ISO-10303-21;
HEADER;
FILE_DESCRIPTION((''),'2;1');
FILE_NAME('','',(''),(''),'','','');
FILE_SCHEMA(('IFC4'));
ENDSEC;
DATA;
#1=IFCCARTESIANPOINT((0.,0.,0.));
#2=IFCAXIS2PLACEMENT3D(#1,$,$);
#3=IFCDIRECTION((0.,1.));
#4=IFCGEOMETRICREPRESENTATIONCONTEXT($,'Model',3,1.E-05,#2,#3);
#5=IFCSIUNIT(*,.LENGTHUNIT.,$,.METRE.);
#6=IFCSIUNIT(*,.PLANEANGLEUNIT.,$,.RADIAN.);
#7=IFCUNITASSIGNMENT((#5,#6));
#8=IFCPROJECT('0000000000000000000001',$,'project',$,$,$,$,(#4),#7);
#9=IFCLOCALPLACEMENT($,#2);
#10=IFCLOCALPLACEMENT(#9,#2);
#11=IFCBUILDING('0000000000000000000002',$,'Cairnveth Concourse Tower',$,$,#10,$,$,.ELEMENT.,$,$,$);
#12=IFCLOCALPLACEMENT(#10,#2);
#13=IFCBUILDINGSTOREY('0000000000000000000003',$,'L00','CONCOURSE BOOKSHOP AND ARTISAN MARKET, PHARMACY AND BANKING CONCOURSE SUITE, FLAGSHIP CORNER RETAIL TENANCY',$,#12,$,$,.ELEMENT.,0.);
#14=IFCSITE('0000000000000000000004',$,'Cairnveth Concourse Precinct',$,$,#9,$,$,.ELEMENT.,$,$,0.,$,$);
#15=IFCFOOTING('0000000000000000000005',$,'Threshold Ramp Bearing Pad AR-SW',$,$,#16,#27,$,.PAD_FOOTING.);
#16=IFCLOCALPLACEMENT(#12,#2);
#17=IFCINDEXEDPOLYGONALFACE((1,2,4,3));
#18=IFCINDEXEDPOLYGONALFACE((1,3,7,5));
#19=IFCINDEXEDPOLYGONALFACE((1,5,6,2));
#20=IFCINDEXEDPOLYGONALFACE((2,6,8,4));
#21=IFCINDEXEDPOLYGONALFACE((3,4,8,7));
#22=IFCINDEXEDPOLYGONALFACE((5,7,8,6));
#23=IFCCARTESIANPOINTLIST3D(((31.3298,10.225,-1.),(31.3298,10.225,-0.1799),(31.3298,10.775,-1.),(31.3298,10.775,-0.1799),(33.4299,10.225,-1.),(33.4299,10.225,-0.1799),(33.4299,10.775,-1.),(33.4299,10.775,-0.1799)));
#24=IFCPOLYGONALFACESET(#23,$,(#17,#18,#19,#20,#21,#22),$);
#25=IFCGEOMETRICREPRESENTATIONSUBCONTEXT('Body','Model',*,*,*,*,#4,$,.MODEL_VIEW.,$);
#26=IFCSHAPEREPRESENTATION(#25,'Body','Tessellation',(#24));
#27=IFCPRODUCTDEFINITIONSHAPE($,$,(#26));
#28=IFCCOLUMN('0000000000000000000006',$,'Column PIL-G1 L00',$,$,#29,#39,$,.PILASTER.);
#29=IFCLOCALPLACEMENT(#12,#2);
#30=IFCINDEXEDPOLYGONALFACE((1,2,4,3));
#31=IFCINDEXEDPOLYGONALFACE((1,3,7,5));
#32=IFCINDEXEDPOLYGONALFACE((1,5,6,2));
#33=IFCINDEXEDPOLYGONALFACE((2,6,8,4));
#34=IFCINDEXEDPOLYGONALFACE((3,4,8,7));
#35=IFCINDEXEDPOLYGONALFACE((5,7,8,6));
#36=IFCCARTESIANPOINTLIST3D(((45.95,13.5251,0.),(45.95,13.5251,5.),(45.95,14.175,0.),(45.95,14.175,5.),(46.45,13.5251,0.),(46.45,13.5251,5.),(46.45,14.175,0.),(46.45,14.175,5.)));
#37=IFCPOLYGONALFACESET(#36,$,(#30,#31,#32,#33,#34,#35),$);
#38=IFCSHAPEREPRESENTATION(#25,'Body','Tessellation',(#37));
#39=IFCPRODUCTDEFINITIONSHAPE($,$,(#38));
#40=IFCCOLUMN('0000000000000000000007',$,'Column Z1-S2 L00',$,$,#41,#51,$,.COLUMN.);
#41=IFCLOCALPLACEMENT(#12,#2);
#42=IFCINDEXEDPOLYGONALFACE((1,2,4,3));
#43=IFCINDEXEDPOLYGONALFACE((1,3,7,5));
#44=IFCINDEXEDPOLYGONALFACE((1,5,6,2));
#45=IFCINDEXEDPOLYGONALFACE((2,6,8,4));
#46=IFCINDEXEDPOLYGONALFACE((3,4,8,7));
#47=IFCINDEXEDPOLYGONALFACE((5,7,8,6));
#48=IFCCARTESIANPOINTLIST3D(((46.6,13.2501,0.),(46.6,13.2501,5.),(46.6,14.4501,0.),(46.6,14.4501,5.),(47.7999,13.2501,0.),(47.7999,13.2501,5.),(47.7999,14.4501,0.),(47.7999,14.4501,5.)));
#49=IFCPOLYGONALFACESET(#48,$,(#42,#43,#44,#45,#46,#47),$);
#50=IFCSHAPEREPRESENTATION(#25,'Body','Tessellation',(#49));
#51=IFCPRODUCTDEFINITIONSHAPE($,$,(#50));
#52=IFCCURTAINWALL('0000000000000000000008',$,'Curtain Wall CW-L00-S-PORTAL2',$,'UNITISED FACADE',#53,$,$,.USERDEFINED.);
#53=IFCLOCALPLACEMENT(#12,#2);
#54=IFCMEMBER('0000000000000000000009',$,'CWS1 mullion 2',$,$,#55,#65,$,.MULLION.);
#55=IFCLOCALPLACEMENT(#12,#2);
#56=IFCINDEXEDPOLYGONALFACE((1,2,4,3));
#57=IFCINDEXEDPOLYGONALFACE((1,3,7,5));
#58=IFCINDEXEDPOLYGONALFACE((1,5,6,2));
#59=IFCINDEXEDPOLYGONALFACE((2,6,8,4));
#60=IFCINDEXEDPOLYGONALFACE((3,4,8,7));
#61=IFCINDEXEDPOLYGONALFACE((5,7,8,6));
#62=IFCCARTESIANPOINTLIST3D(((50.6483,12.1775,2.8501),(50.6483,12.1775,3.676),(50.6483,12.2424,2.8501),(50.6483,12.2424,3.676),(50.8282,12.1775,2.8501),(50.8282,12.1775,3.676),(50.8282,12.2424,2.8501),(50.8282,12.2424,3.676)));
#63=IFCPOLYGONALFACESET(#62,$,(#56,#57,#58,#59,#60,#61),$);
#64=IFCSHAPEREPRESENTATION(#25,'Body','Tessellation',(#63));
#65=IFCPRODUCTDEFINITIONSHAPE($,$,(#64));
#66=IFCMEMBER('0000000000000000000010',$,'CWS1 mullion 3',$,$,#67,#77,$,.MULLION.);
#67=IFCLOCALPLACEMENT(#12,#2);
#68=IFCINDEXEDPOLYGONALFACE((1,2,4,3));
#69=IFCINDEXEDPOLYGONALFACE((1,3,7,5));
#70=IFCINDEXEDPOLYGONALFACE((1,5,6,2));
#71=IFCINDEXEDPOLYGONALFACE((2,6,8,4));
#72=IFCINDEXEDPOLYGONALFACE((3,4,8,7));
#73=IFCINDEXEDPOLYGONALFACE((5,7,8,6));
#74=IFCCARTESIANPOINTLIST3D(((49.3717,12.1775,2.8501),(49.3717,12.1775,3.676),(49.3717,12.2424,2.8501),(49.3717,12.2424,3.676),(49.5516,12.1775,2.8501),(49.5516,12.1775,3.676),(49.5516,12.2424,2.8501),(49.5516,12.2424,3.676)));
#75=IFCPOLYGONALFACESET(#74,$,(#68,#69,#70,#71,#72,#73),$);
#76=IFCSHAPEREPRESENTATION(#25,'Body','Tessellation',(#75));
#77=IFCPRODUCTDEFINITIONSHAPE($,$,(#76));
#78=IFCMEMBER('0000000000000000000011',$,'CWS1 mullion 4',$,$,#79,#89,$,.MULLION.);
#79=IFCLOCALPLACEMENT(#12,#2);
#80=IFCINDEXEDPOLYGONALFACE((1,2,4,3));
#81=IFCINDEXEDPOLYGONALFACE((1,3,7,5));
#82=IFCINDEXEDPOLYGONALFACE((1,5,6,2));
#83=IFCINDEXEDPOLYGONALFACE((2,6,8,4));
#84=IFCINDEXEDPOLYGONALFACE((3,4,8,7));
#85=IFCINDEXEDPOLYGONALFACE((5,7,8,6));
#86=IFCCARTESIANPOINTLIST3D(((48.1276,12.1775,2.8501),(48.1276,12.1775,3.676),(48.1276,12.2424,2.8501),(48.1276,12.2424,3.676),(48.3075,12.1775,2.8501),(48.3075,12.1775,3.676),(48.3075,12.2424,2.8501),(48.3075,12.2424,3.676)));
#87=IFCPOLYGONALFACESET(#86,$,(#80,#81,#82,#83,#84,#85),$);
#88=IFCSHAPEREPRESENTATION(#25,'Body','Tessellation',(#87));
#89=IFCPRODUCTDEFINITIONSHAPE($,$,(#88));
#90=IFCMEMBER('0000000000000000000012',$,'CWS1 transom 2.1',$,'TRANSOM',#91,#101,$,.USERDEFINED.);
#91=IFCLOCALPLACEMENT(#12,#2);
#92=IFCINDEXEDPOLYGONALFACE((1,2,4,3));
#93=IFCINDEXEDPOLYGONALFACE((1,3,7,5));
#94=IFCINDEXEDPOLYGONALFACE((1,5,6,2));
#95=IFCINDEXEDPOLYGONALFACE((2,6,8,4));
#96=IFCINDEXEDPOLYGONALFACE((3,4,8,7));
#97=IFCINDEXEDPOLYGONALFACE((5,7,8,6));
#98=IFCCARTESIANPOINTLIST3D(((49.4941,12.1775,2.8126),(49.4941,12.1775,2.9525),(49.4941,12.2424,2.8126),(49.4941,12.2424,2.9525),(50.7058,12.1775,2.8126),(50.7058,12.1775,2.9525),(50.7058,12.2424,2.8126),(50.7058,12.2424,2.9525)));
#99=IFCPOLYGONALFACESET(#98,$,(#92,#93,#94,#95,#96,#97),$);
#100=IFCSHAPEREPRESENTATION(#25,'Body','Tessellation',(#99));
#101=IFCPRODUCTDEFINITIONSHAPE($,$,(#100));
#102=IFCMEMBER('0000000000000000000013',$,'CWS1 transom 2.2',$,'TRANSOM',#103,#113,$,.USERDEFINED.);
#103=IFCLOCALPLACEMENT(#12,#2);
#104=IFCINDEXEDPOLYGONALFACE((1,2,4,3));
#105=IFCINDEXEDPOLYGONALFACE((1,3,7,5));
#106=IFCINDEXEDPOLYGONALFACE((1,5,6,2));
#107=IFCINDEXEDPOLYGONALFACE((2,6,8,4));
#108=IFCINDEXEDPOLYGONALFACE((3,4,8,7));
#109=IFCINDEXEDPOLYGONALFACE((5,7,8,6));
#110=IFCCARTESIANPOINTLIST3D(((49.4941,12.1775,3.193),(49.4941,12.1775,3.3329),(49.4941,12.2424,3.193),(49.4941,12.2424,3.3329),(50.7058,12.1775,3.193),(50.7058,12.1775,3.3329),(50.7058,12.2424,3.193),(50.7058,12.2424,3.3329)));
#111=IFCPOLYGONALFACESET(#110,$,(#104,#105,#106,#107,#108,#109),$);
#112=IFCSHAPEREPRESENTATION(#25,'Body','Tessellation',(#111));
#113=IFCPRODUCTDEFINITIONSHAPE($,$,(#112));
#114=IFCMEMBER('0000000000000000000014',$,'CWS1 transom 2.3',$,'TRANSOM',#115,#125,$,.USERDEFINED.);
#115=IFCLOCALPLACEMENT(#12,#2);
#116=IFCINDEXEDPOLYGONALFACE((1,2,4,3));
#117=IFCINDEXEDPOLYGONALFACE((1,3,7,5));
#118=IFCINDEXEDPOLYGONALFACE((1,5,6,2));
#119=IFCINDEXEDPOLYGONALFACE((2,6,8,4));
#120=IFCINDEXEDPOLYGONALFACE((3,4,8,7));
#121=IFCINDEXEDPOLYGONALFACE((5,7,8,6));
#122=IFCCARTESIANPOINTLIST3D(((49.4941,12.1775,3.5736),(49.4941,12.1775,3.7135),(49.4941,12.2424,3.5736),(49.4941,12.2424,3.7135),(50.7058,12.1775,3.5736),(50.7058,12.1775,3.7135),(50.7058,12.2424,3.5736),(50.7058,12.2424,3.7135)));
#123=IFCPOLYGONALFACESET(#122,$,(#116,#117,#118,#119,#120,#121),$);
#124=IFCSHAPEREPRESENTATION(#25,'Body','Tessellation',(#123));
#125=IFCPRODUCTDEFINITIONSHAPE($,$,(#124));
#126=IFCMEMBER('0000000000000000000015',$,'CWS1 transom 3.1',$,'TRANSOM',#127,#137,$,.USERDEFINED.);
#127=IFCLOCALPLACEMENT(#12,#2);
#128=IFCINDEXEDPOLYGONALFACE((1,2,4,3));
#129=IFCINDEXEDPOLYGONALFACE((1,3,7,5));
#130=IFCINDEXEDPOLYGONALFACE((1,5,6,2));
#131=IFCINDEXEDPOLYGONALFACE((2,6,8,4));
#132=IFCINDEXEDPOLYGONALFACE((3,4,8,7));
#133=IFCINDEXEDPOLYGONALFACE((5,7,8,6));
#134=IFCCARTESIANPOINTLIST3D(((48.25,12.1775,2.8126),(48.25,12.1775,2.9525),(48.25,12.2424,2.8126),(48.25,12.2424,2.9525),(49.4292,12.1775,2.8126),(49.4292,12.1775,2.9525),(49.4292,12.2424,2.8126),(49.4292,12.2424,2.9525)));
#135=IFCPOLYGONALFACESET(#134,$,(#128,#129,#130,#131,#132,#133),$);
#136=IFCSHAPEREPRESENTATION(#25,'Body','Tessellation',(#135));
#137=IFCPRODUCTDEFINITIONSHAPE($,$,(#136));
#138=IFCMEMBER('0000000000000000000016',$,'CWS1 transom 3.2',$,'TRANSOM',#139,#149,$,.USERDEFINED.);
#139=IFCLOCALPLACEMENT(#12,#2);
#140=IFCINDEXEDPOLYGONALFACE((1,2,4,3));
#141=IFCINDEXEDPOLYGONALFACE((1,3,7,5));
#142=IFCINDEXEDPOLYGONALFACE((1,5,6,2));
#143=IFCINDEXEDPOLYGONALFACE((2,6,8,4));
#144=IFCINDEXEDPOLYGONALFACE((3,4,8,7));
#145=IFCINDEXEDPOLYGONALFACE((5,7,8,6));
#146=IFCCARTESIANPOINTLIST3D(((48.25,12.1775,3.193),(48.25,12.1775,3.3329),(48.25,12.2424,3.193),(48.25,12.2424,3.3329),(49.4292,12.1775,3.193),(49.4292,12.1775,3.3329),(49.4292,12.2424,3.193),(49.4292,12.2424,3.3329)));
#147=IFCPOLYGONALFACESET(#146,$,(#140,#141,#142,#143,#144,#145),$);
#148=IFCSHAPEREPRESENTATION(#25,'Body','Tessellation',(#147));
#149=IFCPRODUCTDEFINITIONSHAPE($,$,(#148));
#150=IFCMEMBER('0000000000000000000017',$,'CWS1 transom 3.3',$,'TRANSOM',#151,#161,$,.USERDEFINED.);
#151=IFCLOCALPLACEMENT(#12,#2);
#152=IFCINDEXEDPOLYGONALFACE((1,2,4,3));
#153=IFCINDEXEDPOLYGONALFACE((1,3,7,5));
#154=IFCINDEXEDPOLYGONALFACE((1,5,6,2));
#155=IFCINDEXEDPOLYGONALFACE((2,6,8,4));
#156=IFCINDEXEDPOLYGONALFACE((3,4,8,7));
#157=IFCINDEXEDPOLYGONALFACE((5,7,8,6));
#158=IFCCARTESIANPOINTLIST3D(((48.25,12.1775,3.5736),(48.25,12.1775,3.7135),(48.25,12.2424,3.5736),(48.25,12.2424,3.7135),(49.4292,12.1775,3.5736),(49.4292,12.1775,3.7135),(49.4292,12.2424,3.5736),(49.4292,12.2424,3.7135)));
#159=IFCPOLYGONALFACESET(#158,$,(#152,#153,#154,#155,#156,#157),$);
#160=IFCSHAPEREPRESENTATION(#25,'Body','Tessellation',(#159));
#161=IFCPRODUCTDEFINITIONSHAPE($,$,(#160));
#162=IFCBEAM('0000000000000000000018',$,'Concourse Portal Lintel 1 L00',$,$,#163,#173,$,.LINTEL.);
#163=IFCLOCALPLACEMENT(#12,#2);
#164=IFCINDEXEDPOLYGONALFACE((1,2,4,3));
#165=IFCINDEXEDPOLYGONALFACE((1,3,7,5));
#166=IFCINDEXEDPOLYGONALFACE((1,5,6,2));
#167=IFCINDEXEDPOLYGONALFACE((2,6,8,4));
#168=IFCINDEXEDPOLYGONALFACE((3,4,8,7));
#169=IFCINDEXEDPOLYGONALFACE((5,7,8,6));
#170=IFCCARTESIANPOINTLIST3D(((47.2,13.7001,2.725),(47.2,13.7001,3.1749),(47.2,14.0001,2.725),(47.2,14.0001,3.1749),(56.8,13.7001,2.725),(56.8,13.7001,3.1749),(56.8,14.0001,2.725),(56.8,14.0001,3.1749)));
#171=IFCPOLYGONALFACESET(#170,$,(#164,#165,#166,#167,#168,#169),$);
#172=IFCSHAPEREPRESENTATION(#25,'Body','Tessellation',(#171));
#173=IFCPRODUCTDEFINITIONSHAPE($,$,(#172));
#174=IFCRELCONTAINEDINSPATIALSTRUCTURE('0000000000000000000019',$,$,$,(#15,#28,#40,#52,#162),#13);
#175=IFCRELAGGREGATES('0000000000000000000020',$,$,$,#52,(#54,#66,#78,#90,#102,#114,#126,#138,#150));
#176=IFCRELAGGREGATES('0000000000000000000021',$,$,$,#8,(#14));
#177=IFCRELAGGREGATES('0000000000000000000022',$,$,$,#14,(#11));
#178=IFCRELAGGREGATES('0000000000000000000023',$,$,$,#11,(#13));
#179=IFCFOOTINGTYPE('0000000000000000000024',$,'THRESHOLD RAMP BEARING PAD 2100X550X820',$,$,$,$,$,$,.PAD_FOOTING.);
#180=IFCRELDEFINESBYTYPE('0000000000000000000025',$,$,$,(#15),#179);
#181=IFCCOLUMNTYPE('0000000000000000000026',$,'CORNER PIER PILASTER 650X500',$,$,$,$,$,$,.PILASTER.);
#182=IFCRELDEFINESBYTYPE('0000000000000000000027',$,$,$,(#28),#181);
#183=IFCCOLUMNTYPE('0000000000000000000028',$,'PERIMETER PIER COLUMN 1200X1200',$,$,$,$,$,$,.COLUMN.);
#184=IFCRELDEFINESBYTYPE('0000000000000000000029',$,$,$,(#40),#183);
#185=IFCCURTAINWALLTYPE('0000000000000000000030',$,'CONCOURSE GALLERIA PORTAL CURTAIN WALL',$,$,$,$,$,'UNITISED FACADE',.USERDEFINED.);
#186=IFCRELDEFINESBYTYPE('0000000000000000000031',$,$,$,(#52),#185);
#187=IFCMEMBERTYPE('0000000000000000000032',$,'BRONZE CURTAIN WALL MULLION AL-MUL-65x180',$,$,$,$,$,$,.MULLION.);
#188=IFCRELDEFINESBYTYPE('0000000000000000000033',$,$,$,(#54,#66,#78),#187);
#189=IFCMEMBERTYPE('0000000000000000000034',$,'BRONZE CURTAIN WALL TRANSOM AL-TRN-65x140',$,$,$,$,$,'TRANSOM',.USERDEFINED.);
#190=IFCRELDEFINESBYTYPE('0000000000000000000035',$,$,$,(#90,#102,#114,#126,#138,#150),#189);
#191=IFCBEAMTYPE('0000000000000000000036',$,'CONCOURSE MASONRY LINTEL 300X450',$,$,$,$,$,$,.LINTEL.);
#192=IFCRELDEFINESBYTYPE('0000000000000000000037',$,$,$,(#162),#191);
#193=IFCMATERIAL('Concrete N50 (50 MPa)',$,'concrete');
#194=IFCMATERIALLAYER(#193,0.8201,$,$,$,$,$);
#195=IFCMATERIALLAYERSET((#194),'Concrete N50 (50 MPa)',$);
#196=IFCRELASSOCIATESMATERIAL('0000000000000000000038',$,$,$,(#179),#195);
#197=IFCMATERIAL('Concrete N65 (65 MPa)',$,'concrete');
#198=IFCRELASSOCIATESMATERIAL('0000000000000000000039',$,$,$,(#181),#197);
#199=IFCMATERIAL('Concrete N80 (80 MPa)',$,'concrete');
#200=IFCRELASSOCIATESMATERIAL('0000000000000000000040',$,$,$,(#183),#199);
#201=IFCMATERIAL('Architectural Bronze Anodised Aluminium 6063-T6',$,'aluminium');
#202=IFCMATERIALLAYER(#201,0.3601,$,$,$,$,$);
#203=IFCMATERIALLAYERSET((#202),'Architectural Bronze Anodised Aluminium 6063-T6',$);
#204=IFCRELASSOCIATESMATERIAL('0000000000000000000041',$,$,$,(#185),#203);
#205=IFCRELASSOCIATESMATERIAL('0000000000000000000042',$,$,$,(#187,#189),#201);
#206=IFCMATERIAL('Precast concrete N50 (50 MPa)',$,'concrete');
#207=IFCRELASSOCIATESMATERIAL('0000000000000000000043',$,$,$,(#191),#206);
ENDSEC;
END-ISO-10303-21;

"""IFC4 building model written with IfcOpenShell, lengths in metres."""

from ifc_helpers import new_model, si_unit, direction, frame, origin, origin_2d, place, context, subcontext, project, spatial, rectangle, extrude, material, layer, layer_set, material_profile, profile_set, type_object, element, aggregate, save


model = new_model("IFC4")

# Units and contexts
model_context = context("Model", 3, precision=1e-05, world=origin(), true_north=direction((0.0, 1.0)))
body_context = subcontext(model_context, "Body", "Model", "MODEL_VIEW")
ifc_project = project(units=[si_unit("LENGTHUNIT", "METRE"), si_unit("PLANEANGLEUNIT", "RADIAN")], contexts=[model_context])

# Site, building, storey
site_placement = place(None, origin())
site = spatial("IfcSite", under=ifc_project, at=site_placement, Name="Cairnveth Concourse Precinct", CompositionType="ELEMENT", RefElevation=0.0)
building_placement = place(site_placement, origin())
building = spatial("IfcBuilding", under=site, at=building_placement, Name="Cairnveth Concourse Tower", CompositionType="ELEMENT")
storey_placement = place(building_placement, origin())
storey = spatial("IfcBuildingStorey", under=building, at=storey_placement, Name="L00", Description="CONCOURSE BOOKSHOP AND ARTISAN MARKET, PHARMACY AND BANKING CONCOURSE SUITE, FLAGSHIP CORNER RETAIL TENANCY", CompositionType="ELEMENT", Elevation=0.0)

# Footing
ifc_material_1 = material(Name="Concrete N50 (50 MPa)", Category="concrete")
ifc_layer_1 = layer(ifc_material_1, 0.8201)
ifc_layer_set_1 = layer_set([ifc_layer_1], Name="Concrete N50 (50 MPa)")
footing_type = type_object("IfcFootingType", Name="THRESHOLD RAMP BEARING PAD 2100X550X820", PredefinedType="PAD_FOOTING", material=ifc_layer_set_1)
footing_placement = place(storey_placement, frame((32.3799, 10.5, -1.0), z_axis=(0.0, 0.0, 1.0), x_axis=(1.0, 0.0, 0.0)))
element("IfcFooting", 1, at=footing_placement, inside=storey, type_object=footing_type, Name="Threshold Ramp Bearing Pad AR-SW", PredefinedType="PAD_FOOTING", context=body_context, shape_type="SweptSolid", body=[
    extrude(rectangle(XDim=2.1001, YDim=0.55, at=origin_2d()), origin(), (0.0, 0.0, 1.0), 0.8201),
])

# Columns
ifc_material_2 = material(Name="Concrete N65 (65 MPa)", Category="concrete")
ifc_material_profile_1 = material_profile(ifc_material_2, rectangle(XDim=0.5, YDim=0.6499, at=origin_2d()), Name="RC-PIL-650x500")
ifc_profile_set_1 = profile_set([ifc_material_profile_1], Name="Concrete N65 (65 MPa)")
column_type_1 = type_object("IfcColumnType", Name="CORNER PIER PILASTER 650X500", PredefinedType="PILASTER", material=ifc_profile_set_1)
column_1_placement = place(storey_placement, frame((46.2, 13.8501, 0.0), z_axis=(0.0, 0.0, 1.0), x_axis=(1.0, 0.0, 0.0)))
element("IfcColumn", 2, at=column_1_placement, inside=storey, type_object=column_type_1, Name="Column PIL-G1 L00", PredefinedType="PILASTER", context=body_context, shape_type="SweptSolid", body=[
    extrude(rectangle(XDim=0.5, YDim=0.6499, at=origin_2d()), origin(), (0.0, 0.0, 1.0), 5.0),
])
ifc_material_3 = material(Name="Concrete N80 (80 MPa)", Category="concrete")
ifc_material_profile_2 = material_profile(ifc_material_3, rectangle(XDim=1.2, YDim=1.2, at=origin_2d()), Name="RC-COL-1200x1200")
ifc_profile_set_2 = profile_set([ifc_material_profile_2], Name="Concrete N80 (80 MPa)")
column_type_2 = type_object("IfcColumnType", Name="PERIMETER PIER COLUMN 1200X1200", PredefinedType="COLUMN", material=ifc_profile_set_2)
column_2_placement = place(storey_placement, frame((47.2, 13.8501, 0.0), z_axis=(0.0, 0.0, 1.0), x_axis=(1.0, 0.0, 0.0)))
element("IfcColumn", 3, at=column_2_placement, inside=storey, type_object=column_type_2, Name="Column Z1-S2 L00", PredefinedType="COLUMN", context=body_context, shape_type="SweptSolid", body=[
    extrude(rectangle(XDim=1.2, YDim=1.2, at=origin_2d()), origin(), (0.0, 0.0, 1.0), 5.0),
])

# Curtain wall, members
ifc_material_4 = material(Name="Architectural Bronze Anodised Aluminium 6063-T6", Category="aluminium")
ifc_layer_2 = layer(ifc_material_4, 0.3601)
ifc_layer_set_2 = layer_set([ifc_layer_2], Name="Architectural Bronze Anodised Aluminium 6063-T6")
curtain_wall_type = type_object("IfcCurtainWallType", Name="CONCOURSE GALLERIA PORTAL CURTAIN WALL", ElementType="UNITISED FACADE", PredefinedType="USERDEFINED", material=ifc_layer_set_2)
curtain_wall_placement = place(storey_placement, origin())
curtain_wall = element("IfcCurtainWall", 4, at=curtain_wall_placement, inside=storey, type_object=curtain_wall_type, Name="Curtain Wall CW-L00-S-PORTAL2", ObjectType="UNITISED FACADE", PredefinedType="USERDEFINED")
ifc_material_profile_3 = material_profile(ifc_material_4, rectangle(XDim=0.0649, YDim=0.1799, at=origin_2d()), Name="AL-MUL-65x180")
ifc_profile_set_3 = profile_set([ifc_material_profile_3], Name="Architectural Bronze Anodised Aluminium 6063-T6")
member_type_1 = type_object("IfcMemberType", Name="BRONZE CURTAIN WALL MULLION AL-MUL-65x180", PredefinedType="MULLION", material=ifc_profile_set_3)
member_1_placement = place(storey_placement, frame((50.7383, 12.21, 2.8501), z_axis=(0.0, 0.0, 1.0), x_axis=(0.0, -1.0, 0.0)))
member_1 = element("IfcMember", 5, at=member_1_placement, type_object=member_type_1, Name="CWS1 mullion 2", PredefinedType="MULLION", context=body_context, shape_type="SweptSolid", body=[
    extrude(rectangle(XDim=0.0649, YDim=0.1799, at=origin_2d()), origin(), (0.0, 0.0, 1.0), 0.8259),
])
member_2_placement = place(storey_placement, frame((49.4617, 12.21, 2.8501), z_axis=(0.0, 0.0, 1.0), x_axis=(0.0, -1.0, 0.0)))
member_2 = element("IfcMember", 6, at=member_2_placement, type_object=member_type_1, Name="CWS1 mullion 3", PredefinedType="MULLION", context=body_context, shape_type="SweptSolid", body=[
    extrude(rectangle(XDim=0.0649, YDim=0.1799, at=origin_2d()), origin(), (0.0, 0.0, 1.0), 0.8259),
])
member_3_placement = place(storey_placement, frame((48.2175, 12.21, 2.8501), z_axis=(0.0, 0.0, 1.0), x_axis=(0.0, -1.0, 0.0)))
member_3 = element("IfcMember", 7, at=member_3_placement, type_object=member_type_1, Name="CWS1 mullion 4", PredefinedType="MULLION", context=body_context, shape_type="SweptSolid", body=[
    extrude(rectangle(XDim=0.0649, YDim=0.1799, at=origin_2d()), origin(), (0.0, 0.0, 1.0), 0.8259),
])
ifc_material_profile_4 = material_profile(ifc_material_4, rectangle(XDim=0.0649, YDim=0.1399, at=origin_2d()), Name="AL-TRN-65x140")
ifc_profile_set_4 = profile_set([ifc_material_profile_4], Name="Architectural Bronze Anodised Aluminium 6063-T6")
member_type_2 = type_object("IfcMemberType", Name="BRONZE CURTAIN WALL TRANSOM AL-TRN-65x140", ElementType="TRANSOM", PredefinedType="USERDEFINED", material=ifc_profile_set_4)
member_4_placement = place(storey_placement, frame((50.7058, 12.21, 2.8826), z_axis=(-1.0, 0.0, 0.0), x_axis=(0.0, -1.0, 0.0)))
member_4 = element("IfcMember", 8, at=member_4_placement, type_object=member_type_2, Name="CWS1 transom 2.1", ObjectType="TRANSOM", PredefinedType="USERDEFINED", context=body_context, shape_type="SweptSolid", body=[
    extrude(rectangle(XDim=0.0649, YDim=0.1399, at=origin_2d()), origin(), (0.0, 0.0, 1.0), 1.2117),
])
member_5_placement = place(storey_placement, frame((50.7058, 12.21, 3.2629), z_axis=(-1.0, 0.0, 0.0), x_axis=(0.0, -1.0, 0.0)))
member_5 = element("IfcMember", 9, at=member_5_placement, type_object=member_type_2, Name="CWS1 transom 2.2", ObjectType="TRANSOM", PredefinedType="USERDEFINED", context=body_context, shape_type="SweptSolid", body=[
    extrude(rectangle(XDim=0.0649, YDim=0.1399, at=origin_2d()), origin(), (0.0, 0.0, 1.0), 1.2117),
])
member_6_placement = place(storey_placement, frame((50.7058, 12.21, 3.6436), z_axis=(-1.0, 0.0, 0.0), x_axis=(0.0, -1.0, 0.0)))
member_6 = element("IfcMember", 10, at=member_6_placement, type_object=member_type_2, Name="CWS1 transom 2.3", ObjectType="TRANSOM", PredefinedType="USERDEFINED", context=body_context, shape_type="SweptSolid", body=[
    extrude(rectangle(XDim=0.0649, YDim=0.1399, at=origin_2d()), origin(), (0.0, 0.0, 1.0), 1.2117),
])
member_7_placement = place(storey_placement, frame((49.4292, 12.21, 2.8826), z_axis=(-1.0, 0.0, 0.0), x_axis=(0.0, -1.0, 0.0)))
member_7 = element("IfcMember", 11, at=member_7_placement, type_object=member_type_2, Name="CWS1 transom 3.1", ObjectType="TRANSOM", PredefinedType="USERDEFINED", context=body_context, shape_type="SweptSolid", body=[
    extrude(rectangle(XDim=0.0649, YDim=0.1399, at=origin_2d()), origin(), (0.0, 0.0, 1.0), 1.1792),
])
member_8_placement = place(storey_placement, frame((49.4292, 12.21, 3.2629), z_axis=(-1.0, 0.0, 0.0), x_axis=(0.0, -1.0, 0.0)))
member_8 = element("IfcMember", 12, at=member_8_placement, type_object=member_type_2, Name="CWS1 transom 3.2", ObjectType="TRANSOM", PredefinedType="USERDEFINED", context=body_context, shape_type="SweptSolid", body=[
    extrude(rectangle(XDim=0.0649, YDim=0.1399, at=origin_2d()), origin(), (0.0, 0.0, 1.0), 1.1792),
])
member_9_placement = place(storey_placement, frame((49.4292, 12.21, 3.6436), z_axis=(-1.0, 0.0, 0.0), x_axis=(0.0, -1.0, 0.0)))
member_9 = element("IfcMember", 13, at=member_9_placement, type_object=member_type_2, Name="CWS1 transom 3.3", ObjectType="TRANSOM", PredefinedType="USERDEFINED", context=body_context, shape_type="SweptSolid", body=[
    extrude(rectangle(XDim=0.0649, YDim=0.1399, at=origin_2d()), origin(), (0.0, 0.0, 1.0), 1.1792),
])

# Beam
ifc_material_5 = material(Name="Precast concrete N50 (50 MPa)", Category="concrete")
ifc_material_profile_5 = material_profile(ifc_material_5, rectangle(XDim=0.3, YDim=0.45, at=origin_2d()), Name="RC-LNT-300x450")
ifc_profile_set_5 = profile_set([ifc_material_profile_5], Name="Precast concrete N50 (50 MPa)")
beam_type_1 = type_object("IfcBeamType", Name="CONCOURSE MASONRY LINTEL 300X450", PredefinedType="LINTEL", material=ifc_profile_set_5)
beam_1_placement = place(storey_placement, frame((47.2, 13.8501, 2.95), z_axis=(1.0, 0.0, 0.0), x_axis=(0.0, 1.0, 0.0)))
element("IfcBeam", 14, at=beam_1_placement, inside=storey, type_object=beam_type_1, Name="Concourse Portal Lintel 1 L00", PredefinedType="LINTEL", context=body_context, shape_type="SweptSolid", body=[
    extrude(rectangle(XDim=0.3, YDim=0.45, at=origin_2d()), origin(), (0.0, 0.0, 1.0), 9.6001),
])

aggregate(curtain_wall, [member_1, member_2, member_3, member_4, member_5, member_6, member_7, member_8, member_9])

save(model, "model.ifc")
